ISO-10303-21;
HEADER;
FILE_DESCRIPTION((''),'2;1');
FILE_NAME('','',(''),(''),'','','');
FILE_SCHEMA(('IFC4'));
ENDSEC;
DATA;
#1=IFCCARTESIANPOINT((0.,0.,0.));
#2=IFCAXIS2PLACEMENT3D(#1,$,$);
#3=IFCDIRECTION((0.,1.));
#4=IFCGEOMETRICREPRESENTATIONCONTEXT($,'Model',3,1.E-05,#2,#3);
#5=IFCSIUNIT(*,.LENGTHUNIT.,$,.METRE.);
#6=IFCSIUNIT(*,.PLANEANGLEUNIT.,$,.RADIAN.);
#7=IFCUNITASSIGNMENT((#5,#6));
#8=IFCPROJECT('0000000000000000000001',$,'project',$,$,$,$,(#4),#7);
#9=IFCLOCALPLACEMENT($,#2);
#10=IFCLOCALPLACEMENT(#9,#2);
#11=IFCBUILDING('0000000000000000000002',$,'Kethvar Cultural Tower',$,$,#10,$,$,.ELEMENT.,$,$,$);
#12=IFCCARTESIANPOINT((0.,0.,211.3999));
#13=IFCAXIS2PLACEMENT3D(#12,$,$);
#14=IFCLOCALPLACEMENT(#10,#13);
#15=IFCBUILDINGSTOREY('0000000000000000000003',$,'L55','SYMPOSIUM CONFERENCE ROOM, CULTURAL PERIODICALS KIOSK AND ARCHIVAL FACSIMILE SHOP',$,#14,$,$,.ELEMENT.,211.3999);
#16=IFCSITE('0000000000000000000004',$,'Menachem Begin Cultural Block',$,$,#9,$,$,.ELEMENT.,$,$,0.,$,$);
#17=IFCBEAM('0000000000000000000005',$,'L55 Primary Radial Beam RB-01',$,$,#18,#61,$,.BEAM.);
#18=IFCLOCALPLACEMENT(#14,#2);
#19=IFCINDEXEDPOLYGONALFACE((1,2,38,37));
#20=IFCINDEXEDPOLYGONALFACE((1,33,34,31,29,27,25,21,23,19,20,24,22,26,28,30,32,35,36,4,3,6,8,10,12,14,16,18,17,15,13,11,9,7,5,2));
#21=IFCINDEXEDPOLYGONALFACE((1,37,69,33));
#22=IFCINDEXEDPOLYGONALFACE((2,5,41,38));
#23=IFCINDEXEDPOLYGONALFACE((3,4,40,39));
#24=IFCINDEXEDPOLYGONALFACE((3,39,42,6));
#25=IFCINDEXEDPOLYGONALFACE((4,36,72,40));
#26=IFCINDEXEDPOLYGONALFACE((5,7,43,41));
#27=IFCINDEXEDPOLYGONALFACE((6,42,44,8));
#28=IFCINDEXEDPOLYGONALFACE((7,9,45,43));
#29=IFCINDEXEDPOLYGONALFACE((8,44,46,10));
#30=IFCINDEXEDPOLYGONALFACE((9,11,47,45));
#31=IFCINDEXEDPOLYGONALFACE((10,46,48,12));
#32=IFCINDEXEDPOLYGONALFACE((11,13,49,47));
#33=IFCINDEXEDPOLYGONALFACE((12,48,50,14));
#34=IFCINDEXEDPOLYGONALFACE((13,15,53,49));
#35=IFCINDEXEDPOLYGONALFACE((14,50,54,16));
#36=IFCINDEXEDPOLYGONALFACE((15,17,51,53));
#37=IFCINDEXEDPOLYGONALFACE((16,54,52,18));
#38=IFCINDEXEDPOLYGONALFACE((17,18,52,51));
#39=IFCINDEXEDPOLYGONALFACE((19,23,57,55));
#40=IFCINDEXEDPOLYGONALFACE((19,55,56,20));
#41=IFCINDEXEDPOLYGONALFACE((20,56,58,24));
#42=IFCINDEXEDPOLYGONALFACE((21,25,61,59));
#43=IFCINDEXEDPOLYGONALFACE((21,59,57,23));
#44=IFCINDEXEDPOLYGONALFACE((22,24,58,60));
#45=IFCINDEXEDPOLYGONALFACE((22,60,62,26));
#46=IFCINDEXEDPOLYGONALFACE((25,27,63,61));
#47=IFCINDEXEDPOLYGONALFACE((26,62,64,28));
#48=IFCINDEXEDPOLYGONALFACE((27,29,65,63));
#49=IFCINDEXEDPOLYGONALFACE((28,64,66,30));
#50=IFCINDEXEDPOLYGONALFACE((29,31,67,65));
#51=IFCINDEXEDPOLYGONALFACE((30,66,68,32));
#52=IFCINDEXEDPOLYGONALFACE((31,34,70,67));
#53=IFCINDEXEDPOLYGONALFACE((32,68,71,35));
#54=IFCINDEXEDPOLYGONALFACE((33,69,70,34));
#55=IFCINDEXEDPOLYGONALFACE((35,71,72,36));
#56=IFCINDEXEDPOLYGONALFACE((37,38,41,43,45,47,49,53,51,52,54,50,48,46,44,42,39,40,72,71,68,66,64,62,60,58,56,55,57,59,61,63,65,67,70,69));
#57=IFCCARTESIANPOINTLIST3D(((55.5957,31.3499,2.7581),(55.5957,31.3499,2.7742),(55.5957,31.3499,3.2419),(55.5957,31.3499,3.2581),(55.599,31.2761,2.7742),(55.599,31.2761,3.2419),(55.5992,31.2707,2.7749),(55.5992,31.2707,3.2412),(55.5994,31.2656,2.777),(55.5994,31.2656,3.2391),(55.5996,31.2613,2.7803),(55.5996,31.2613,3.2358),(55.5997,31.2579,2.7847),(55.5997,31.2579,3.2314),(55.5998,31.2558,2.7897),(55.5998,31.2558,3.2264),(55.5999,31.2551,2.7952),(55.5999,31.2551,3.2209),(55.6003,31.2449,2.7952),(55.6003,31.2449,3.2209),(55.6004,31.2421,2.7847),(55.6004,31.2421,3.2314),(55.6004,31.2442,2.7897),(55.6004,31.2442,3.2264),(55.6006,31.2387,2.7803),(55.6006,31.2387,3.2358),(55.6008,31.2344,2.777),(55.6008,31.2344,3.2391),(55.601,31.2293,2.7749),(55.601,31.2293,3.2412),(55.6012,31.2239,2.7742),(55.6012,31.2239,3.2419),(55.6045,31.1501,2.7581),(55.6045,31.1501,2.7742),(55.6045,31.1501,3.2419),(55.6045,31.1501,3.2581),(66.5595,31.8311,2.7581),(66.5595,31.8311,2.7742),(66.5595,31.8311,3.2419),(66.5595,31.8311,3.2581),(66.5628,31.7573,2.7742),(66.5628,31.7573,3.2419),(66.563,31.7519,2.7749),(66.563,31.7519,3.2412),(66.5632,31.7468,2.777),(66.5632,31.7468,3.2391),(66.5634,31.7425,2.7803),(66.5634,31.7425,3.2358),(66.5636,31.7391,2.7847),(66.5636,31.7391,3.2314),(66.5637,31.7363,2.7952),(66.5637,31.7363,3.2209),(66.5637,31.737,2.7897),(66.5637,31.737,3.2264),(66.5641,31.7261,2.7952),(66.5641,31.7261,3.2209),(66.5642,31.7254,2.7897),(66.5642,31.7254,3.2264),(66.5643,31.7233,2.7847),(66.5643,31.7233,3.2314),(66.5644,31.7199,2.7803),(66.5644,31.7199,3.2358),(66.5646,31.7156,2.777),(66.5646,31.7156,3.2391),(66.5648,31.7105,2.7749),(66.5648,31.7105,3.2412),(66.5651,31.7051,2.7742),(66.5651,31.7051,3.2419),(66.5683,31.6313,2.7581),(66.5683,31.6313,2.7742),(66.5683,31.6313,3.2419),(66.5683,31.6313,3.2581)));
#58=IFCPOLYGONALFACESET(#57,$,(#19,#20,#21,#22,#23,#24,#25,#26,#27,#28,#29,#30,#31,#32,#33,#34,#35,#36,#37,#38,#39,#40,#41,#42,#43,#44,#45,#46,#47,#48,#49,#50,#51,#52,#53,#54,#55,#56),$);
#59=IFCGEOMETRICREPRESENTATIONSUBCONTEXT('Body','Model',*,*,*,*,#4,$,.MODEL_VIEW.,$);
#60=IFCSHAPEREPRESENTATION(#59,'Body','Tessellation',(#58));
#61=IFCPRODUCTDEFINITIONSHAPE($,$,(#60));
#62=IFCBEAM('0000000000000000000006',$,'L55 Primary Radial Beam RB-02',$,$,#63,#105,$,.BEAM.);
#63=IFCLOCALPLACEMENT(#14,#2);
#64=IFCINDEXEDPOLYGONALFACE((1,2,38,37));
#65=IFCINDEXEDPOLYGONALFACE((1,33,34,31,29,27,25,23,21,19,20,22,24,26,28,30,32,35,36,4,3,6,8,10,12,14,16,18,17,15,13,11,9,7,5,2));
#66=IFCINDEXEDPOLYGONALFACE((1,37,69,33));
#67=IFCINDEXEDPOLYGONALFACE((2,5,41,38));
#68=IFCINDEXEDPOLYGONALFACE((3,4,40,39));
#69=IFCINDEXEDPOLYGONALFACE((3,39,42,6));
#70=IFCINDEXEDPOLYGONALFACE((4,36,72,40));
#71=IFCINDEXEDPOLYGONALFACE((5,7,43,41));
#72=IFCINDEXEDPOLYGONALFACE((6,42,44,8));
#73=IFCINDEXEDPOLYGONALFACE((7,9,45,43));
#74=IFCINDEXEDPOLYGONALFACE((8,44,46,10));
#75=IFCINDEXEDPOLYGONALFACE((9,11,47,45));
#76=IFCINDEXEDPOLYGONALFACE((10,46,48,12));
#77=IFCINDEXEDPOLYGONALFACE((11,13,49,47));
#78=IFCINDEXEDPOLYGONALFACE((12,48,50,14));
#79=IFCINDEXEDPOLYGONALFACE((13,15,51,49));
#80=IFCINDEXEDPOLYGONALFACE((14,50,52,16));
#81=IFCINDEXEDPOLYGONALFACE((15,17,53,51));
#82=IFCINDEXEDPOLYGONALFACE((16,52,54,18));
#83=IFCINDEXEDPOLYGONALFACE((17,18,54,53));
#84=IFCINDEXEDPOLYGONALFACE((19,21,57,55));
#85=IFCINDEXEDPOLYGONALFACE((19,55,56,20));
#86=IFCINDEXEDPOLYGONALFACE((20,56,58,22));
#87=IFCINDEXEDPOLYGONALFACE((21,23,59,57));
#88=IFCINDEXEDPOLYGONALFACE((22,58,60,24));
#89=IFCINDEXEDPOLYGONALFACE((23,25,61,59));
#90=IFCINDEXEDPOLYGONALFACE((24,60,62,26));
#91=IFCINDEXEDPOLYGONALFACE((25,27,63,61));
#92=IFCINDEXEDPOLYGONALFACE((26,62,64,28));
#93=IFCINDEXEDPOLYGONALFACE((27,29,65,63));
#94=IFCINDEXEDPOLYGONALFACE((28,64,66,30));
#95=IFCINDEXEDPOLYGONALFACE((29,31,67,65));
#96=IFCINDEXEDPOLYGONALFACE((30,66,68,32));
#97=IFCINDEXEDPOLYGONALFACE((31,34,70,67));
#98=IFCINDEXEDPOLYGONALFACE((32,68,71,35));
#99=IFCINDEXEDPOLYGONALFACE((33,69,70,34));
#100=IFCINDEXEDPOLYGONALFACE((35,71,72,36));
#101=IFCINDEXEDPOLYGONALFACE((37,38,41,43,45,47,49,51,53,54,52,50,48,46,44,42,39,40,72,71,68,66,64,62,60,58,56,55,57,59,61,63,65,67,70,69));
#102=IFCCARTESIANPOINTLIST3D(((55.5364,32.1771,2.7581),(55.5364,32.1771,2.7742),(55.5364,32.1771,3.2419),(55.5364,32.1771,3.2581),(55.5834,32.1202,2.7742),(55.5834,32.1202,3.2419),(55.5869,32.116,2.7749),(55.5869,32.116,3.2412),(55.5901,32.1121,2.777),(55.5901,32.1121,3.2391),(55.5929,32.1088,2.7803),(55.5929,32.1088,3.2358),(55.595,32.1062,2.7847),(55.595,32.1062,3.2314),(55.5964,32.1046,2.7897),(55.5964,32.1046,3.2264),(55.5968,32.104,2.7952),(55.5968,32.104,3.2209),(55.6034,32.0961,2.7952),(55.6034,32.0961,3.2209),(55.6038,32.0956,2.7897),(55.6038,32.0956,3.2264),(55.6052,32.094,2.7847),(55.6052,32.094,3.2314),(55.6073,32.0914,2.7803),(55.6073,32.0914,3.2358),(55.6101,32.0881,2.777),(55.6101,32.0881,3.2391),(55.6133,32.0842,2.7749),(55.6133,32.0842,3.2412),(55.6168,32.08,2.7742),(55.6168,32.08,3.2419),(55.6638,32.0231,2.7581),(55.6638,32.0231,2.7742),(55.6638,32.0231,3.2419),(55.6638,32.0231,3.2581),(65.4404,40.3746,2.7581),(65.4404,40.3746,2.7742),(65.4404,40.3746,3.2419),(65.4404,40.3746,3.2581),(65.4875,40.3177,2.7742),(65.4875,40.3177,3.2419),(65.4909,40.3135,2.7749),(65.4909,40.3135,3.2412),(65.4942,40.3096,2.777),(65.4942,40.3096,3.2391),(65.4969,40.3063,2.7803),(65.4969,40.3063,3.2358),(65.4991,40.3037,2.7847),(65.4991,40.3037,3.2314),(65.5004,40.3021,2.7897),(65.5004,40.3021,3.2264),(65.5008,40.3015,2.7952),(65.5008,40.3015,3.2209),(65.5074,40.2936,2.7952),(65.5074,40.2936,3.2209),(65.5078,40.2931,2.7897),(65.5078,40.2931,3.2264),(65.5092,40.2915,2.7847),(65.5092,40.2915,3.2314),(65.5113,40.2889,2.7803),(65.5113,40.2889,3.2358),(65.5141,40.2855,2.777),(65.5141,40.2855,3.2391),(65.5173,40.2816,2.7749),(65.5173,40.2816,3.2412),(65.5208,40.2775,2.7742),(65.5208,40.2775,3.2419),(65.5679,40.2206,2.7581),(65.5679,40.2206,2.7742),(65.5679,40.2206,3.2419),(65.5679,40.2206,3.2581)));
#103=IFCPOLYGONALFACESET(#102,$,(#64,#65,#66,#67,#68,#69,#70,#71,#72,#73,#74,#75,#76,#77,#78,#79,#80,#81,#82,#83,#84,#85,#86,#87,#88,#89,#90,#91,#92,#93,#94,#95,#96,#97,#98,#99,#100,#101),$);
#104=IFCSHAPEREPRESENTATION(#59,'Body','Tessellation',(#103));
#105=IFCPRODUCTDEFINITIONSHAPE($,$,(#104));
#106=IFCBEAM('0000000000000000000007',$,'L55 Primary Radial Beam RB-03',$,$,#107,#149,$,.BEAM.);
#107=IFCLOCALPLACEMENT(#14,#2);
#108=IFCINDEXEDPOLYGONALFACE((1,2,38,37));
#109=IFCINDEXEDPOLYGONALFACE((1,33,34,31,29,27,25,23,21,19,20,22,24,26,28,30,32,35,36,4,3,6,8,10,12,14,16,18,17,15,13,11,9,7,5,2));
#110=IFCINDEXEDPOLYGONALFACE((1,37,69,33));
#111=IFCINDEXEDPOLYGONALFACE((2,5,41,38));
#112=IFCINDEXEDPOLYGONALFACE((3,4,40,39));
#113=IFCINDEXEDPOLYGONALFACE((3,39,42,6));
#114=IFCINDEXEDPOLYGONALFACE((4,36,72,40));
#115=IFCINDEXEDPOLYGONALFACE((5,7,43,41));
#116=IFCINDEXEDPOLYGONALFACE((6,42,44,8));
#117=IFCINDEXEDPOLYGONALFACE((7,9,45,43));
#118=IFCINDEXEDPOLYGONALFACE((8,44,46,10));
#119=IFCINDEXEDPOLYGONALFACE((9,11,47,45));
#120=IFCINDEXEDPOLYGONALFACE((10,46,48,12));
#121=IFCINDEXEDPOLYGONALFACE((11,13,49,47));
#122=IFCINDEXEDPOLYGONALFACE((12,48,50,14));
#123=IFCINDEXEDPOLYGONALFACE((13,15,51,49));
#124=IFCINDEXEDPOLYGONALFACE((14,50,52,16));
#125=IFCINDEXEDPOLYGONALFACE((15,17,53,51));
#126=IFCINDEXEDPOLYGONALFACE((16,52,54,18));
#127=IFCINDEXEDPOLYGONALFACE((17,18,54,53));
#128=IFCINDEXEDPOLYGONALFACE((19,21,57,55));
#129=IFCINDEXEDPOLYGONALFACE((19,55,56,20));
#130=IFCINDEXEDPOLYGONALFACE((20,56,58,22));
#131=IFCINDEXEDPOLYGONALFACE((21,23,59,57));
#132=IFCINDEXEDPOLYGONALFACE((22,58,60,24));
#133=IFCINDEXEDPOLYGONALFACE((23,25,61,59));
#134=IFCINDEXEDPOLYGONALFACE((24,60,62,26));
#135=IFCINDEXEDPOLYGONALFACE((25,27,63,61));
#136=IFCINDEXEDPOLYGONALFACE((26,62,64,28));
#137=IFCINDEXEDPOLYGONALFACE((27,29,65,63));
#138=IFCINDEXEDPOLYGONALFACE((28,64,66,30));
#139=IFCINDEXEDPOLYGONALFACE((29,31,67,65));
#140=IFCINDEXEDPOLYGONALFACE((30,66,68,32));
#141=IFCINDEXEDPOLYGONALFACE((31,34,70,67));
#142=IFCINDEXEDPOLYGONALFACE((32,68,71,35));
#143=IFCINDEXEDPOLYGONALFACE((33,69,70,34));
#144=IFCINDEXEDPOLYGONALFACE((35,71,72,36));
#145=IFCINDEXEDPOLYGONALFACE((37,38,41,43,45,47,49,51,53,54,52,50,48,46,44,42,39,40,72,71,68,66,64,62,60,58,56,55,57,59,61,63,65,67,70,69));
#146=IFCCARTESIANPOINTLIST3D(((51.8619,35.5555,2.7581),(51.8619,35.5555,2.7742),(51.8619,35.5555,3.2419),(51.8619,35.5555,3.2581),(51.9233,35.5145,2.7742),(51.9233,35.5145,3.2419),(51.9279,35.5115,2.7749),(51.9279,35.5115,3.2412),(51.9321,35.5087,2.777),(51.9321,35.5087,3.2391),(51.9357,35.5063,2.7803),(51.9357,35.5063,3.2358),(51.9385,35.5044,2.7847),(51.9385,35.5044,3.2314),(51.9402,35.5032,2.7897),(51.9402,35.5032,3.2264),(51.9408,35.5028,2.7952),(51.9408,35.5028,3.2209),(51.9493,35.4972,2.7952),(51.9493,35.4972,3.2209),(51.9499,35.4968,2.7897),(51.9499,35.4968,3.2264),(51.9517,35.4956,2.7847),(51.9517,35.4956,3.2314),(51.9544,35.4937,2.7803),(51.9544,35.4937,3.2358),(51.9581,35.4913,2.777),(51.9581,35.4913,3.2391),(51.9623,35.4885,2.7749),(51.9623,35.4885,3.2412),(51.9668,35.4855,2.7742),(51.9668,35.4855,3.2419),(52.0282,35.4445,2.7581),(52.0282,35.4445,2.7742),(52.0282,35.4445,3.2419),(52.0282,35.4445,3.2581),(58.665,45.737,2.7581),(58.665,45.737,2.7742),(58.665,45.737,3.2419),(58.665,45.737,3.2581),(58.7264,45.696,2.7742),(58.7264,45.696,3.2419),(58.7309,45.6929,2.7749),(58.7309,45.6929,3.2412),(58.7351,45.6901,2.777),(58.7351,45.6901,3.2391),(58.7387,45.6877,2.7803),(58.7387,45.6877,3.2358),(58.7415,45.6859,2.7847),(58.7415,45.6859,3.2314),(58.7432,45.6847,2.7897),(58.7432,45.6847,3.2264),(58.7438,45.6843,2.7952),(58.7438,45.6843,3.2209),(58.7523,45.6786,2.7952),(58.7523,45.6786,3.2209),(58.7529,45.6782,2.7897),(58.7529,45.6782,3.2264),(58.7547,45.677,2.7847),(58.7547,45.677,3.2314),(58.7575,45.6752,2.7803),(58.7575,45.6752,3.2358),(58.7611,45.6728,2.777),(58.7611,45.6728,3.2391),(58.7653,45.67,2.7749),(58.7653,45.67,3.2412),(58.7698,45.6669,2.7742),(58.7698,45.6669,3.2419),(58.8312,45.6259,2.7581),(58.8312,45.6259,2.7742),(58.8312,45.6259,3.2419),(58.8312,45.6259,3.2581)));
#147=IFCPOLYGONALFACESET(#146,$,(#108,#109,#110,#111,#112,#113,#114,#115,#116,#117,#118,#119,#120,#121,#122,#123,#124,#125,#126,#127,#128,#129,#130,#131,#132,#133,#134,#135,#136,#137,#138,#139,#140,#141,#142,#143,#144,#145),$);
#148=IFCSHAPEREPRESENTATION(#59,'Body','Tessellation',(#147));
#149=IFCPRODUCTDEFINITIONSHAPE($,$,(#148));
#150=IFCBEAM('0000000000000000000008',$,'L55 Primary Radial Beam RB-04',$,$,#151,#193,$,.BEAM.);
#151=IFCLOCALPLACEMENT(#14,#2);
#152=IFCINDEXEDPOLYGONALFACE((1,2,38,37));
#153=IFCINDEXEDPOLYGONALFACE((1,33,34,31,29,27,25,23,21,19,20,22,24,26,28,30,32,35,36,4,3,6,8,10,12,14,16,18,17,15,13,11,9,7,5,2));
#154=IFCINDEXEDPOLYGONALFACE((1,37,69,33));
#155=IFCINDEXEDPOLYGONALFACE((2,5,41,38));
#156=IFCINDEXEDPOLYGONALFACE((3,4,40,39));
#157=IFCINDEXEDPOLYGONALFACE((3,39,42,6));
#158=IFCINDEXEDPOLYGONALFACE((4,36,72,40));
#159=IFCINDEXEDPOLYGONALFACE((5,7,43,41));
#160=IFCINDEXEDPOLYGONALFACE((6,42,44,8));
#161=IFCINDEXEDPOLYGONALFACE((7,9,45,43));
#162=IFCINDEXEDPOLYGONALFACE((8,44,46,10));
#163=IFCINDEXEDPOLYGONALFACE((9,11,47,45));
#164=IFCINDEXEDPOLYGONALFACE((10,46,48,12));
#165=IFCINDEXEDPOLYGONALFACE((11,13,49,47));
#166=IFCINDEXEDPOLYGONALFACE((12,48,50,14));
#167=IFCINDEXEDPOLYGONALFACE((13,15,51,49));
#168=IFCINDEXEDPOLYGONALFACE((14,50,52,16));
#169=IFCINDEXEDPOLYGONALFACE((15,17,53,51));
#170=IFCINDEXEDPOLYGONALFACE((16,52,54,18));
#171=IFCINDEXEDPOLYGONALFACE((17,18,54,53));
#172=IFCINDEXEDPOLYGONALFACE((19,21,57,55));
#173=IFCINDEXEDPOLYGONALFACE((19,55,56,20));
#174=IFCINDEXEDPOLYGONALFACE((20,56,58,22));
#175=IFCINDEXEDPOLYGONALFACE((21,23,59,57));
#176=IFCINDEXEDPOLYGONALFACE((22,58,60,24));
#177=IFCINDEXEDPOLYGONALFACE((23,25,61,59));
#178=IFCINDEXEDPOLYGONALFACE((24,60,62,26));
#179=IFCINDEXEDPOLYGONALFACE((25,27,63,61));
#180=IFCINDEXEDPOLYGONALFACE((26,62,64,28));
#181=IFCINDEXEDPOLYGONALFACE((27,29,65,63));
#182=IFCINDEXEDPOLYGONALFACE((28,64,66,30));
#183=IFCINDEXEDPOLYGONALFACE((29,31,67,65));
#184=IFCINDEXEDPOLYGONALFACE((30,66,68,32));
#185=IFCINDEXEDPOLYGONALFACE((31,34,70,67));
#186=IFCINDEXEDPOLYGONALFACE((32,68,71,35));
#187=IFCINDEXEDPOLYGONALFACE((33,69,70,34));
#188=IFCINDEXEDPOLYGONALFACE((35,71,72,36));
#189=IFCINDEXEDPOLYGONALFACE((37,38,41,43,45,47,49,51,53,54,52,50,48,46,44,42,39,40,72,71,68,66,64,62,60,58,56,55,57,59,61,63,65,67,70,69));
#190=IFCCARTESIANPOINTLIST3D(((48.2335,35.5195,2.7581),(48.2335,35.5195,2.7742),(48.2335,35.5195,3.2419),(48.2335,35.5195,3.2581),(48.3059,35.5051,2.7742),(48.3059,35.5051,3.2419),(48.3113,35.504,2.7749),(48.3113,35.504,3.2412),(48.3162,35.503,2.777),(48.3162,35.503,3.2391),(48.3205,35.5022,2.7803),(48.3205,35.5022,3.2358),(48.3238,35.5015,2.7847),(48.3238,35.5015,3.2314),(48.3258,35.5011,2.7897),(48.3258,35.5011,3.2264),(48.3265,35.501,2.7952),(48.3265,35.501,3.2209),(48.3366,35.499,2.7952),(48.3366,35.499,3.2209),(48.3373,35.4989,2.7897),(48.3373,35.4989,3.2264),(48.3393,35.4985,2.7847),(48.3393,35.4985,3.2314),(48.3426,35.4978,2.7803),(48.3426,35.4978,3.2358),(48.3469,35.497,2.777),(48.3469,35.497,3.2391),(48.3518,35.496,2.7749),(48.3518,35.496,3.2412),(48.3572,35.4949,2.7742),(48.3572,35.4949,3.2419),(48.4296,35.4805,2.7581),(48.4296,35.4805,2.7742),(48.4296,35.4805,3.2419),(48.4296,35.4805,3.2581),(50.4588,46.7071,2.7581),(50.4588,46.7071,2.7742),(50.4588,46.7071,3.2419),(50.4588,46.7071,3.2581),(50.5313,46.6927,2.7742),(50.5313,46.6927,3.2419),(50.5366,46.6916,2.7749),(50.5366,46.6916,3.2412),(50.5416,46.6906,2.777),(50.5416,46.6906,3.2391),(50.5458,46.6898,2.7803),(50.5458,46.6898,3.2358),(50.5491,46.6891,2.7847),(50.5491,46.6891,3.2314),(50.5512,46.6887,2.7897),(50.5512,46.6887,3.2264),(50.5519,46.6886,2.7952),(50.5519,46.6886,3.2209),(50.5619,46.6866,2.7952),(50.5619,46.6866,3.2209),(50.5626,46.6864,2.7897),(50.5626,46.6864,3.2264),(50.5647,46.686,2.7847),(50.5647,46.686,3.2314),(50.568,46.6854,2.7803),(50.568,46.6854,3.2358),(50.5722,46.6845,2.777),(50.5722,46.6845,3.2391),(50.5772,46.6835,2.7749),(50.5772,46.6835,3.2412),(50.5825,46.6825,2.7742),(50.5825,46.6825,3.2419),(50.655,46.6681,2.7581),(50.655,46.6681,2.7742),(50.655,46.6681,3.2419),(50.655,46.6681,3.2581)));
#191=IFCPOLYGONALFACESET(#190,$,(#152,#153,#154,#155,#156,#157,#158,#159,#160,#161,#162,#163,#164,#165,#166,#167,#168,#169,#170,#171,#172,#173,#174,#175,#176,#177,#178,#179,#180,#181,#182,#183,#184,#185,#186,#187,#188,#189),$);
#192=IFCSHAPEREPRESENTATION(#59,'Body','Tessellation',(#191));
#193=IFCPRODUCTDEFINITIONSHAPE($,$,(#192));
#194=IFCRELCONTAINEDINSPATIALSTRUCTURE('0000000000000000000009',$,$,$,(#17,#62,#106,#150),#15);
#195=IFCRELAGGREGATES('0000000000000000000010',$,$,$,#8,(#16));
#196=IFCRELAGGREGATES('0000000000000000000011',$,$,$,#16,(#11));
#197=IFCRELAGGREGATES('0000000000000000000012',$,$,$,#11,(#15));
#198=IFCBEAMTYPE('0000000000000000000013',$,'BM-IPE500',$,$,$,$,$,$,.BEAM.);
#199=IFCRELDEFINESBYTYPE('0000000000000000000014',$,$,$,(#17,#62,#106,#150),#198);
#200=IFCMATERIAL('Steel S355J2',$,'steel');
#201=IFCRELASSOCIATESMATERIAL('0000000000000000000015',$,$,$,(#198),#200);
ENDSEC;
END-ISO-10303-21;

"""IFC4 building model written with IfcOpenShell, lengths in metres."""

from ifc_helpers import new_model, si_unit, direction, frame, origin, origin_2d, place, context, subcontext, project, spatial, i_section, extrude, source, transform, mapped, material, material_profile, profile_set, type_object, element, save


model = new_model("IFC4")

# Units and contexts
model_context = context("Model", 3, precision=1e-05, world=origin(), true_north=direction((0.0, 1.0)))
body_context = subcontext(model_context, "Body", "Model", "MODEL_VIEW")
ifc_project = project(units=[si_unit("LENGTHUNIT", "METRE"), si_unit("PLANEANGLEUNIT", "RADIAN")], contexts=[model_context])

# Site, building, storey
site_placement = place(None, origin())
site = spatial("IfcSite", under=ifc_project, at=site_placement, Name="Menachem Begin Cultural Block", CompositionType="ELEMENT", RefElevation=0.0)
building_placement = place(site_placement, origin())
building = spatial("IfcBuilding", under=site, at=building_placement, Name="Kethvar Cultural Tower", CompositionType="ELEMENT")
storey_placement = place(building_placement, frame((0.0, 0.0, 211.3999)))
storey = spatial("IfcBuildingStorey", under=building, at=storey_placement, Name="L55", Description="SYMPOSIUM CONFERENCE ROOM, CULTURAL PERIODICALS KIOSK AND ARCHIVAL FACSIMILE SHOP", CompositionType="ELEMENT", Elevation=211.3999)

# Beams
ifc_material_1 = material(Name="Steel S355J2", Category="steel")
ifc_material_profile_1 = material_profile(ifc_material_1, i_section(OverallWidth=0.2, OverallDepth=0.5, WebThickness=0.0103, FlangeThickness=0.0161, FilletRadius=0.021, at=origin_2d()), Name="Steel S355J2 — IPE500")
ifc_profile_set_1 = profile_set([ifc_material_profile_1], Name="Steel S355J2 — IPE500")
beam_type_1 = type_object("IfcBeamType", Name="BM-IPE500", PredefinedType="BEAM", material=ifc_profile_set_1)
shared_shape_1 = source(origin(), body_context, "Body", "SweptSolid", [
    extrude(i_section(OverallWidth=0.2, OverallDepth=0.5, WebThickness=0.0103, FlangeThickness=0.0161, FilletRadius=0.021, at=origin_2d()), origin(), (0.0, 0.0, 1.0), 10.9744),
])
beam_1_placement = place(storey_placement, frame((55.6001, 31.25, 3.0081), z_axis=(0.999038, 0.043848, 0.0), x_axis=(-0.043848, 0.999038, 0.0)))
element("IfcBeam", 1, at=beam_1_placement, inside=storey, type_object=beam_type_1, Name="L55 Primary Radial Beam RB-01", PredefinedType="BEAM", context=body_context, shape_type="MappedRepresentation", body=[
    mapped(shared_shape_1, transform((0.0, 0.0, 0.0), scale=1.0)),
])
shared_shape_2 = source(origin(), body_context, "Body", "SweptSolid", [
    extrude(i_section(OverallWidth=0.2, OverallDepth=0.5, WebThickness=0.0103, FlangeThickness=0.0161, FilletRadius=0.021, at=origin_2d()), origin(), (0.0, 0.0, 1.0), 12.8564),
])
beam_2_placement = place(storey_placement, frame((55.6001, 32.1001, 3.0081), z_axis=(0.770354, 0.637616, 0.0), x_axis=(-0.637616, 0.770354, 0.0)))
element("IfcBeam", 2, at=beam_2_placement, inside=storey, type_object=beam_type_1, Name="L55 Primary Radial Beam RB-02", PredefinedType="BEAM", context=body_context, shape_type="MappedRepresentation", body=[
    mapped(shared_shape_2, transform((0.0, 0.0, 0.0), scale=1.0)),
])
shared_shape_3 = source(origin(), body_context, "Body", "SweptSolid", [
    extrude(i_section(OverallWidth=0.2, OverallDepth=0.5, WebThickness=0.0103, FlangeThickness=0.0161, FilletRadius=0.021, at=origin_2d()), origin(), (0.0, 0.0, 1.0), 12.2451),
])
beam_3_placement = place(storey_placement, frame((51.9451, 35.5, 3.0081), z_axis=(0.555569, 0.83147, 0.0), x_axis=(-0.83147, 0.555569, 0.0)))
element("IfcBeam", 3, at=beam_3_placement, inside=storey, type_object=beam_type_1, Name="L55 Primary Radial Beam RB-03", PredefinedType="BEAM", context=body_context, shape_type="MappedRepresentation", body=[
    mapped(shared_shape_3, transform((0.0, 0.0, 0.0), scale=1.0)),
])
shared_shape_4 = source(origin(), body_context, "Body", "SweptSolid", [
    extrude(i_section(OverallWidth=0.2, OverallDepth=0.5, WebThickness=0.0103, FlangeThickness=0.0161, FilletRadius=0.021, at=origin_2d()), origin(), (0.0, 0.0, 1.0), 11.4067),
])
beam_4_placement = place(storey_placement, frame((48.3315, 35.5, 3.0081), z_axis=(0.195091, 0.980785, 0.0), x_axis=(-0.980785, 0.195091, 0.0)))
element("IfcBeam", 4, at=beam_4_placement, inside=storey, type_object=beam_type_1, Name="L55 Primary Radial Beam RB-04", PredefinedType="BEAM", context=body_context, shape_type="MappedRepresentation", body=[
    mapped(shared_shape_4, transform((0.0, 0.0, 0.0), scale=1.0)),
])

save(model, "model.ifc")
